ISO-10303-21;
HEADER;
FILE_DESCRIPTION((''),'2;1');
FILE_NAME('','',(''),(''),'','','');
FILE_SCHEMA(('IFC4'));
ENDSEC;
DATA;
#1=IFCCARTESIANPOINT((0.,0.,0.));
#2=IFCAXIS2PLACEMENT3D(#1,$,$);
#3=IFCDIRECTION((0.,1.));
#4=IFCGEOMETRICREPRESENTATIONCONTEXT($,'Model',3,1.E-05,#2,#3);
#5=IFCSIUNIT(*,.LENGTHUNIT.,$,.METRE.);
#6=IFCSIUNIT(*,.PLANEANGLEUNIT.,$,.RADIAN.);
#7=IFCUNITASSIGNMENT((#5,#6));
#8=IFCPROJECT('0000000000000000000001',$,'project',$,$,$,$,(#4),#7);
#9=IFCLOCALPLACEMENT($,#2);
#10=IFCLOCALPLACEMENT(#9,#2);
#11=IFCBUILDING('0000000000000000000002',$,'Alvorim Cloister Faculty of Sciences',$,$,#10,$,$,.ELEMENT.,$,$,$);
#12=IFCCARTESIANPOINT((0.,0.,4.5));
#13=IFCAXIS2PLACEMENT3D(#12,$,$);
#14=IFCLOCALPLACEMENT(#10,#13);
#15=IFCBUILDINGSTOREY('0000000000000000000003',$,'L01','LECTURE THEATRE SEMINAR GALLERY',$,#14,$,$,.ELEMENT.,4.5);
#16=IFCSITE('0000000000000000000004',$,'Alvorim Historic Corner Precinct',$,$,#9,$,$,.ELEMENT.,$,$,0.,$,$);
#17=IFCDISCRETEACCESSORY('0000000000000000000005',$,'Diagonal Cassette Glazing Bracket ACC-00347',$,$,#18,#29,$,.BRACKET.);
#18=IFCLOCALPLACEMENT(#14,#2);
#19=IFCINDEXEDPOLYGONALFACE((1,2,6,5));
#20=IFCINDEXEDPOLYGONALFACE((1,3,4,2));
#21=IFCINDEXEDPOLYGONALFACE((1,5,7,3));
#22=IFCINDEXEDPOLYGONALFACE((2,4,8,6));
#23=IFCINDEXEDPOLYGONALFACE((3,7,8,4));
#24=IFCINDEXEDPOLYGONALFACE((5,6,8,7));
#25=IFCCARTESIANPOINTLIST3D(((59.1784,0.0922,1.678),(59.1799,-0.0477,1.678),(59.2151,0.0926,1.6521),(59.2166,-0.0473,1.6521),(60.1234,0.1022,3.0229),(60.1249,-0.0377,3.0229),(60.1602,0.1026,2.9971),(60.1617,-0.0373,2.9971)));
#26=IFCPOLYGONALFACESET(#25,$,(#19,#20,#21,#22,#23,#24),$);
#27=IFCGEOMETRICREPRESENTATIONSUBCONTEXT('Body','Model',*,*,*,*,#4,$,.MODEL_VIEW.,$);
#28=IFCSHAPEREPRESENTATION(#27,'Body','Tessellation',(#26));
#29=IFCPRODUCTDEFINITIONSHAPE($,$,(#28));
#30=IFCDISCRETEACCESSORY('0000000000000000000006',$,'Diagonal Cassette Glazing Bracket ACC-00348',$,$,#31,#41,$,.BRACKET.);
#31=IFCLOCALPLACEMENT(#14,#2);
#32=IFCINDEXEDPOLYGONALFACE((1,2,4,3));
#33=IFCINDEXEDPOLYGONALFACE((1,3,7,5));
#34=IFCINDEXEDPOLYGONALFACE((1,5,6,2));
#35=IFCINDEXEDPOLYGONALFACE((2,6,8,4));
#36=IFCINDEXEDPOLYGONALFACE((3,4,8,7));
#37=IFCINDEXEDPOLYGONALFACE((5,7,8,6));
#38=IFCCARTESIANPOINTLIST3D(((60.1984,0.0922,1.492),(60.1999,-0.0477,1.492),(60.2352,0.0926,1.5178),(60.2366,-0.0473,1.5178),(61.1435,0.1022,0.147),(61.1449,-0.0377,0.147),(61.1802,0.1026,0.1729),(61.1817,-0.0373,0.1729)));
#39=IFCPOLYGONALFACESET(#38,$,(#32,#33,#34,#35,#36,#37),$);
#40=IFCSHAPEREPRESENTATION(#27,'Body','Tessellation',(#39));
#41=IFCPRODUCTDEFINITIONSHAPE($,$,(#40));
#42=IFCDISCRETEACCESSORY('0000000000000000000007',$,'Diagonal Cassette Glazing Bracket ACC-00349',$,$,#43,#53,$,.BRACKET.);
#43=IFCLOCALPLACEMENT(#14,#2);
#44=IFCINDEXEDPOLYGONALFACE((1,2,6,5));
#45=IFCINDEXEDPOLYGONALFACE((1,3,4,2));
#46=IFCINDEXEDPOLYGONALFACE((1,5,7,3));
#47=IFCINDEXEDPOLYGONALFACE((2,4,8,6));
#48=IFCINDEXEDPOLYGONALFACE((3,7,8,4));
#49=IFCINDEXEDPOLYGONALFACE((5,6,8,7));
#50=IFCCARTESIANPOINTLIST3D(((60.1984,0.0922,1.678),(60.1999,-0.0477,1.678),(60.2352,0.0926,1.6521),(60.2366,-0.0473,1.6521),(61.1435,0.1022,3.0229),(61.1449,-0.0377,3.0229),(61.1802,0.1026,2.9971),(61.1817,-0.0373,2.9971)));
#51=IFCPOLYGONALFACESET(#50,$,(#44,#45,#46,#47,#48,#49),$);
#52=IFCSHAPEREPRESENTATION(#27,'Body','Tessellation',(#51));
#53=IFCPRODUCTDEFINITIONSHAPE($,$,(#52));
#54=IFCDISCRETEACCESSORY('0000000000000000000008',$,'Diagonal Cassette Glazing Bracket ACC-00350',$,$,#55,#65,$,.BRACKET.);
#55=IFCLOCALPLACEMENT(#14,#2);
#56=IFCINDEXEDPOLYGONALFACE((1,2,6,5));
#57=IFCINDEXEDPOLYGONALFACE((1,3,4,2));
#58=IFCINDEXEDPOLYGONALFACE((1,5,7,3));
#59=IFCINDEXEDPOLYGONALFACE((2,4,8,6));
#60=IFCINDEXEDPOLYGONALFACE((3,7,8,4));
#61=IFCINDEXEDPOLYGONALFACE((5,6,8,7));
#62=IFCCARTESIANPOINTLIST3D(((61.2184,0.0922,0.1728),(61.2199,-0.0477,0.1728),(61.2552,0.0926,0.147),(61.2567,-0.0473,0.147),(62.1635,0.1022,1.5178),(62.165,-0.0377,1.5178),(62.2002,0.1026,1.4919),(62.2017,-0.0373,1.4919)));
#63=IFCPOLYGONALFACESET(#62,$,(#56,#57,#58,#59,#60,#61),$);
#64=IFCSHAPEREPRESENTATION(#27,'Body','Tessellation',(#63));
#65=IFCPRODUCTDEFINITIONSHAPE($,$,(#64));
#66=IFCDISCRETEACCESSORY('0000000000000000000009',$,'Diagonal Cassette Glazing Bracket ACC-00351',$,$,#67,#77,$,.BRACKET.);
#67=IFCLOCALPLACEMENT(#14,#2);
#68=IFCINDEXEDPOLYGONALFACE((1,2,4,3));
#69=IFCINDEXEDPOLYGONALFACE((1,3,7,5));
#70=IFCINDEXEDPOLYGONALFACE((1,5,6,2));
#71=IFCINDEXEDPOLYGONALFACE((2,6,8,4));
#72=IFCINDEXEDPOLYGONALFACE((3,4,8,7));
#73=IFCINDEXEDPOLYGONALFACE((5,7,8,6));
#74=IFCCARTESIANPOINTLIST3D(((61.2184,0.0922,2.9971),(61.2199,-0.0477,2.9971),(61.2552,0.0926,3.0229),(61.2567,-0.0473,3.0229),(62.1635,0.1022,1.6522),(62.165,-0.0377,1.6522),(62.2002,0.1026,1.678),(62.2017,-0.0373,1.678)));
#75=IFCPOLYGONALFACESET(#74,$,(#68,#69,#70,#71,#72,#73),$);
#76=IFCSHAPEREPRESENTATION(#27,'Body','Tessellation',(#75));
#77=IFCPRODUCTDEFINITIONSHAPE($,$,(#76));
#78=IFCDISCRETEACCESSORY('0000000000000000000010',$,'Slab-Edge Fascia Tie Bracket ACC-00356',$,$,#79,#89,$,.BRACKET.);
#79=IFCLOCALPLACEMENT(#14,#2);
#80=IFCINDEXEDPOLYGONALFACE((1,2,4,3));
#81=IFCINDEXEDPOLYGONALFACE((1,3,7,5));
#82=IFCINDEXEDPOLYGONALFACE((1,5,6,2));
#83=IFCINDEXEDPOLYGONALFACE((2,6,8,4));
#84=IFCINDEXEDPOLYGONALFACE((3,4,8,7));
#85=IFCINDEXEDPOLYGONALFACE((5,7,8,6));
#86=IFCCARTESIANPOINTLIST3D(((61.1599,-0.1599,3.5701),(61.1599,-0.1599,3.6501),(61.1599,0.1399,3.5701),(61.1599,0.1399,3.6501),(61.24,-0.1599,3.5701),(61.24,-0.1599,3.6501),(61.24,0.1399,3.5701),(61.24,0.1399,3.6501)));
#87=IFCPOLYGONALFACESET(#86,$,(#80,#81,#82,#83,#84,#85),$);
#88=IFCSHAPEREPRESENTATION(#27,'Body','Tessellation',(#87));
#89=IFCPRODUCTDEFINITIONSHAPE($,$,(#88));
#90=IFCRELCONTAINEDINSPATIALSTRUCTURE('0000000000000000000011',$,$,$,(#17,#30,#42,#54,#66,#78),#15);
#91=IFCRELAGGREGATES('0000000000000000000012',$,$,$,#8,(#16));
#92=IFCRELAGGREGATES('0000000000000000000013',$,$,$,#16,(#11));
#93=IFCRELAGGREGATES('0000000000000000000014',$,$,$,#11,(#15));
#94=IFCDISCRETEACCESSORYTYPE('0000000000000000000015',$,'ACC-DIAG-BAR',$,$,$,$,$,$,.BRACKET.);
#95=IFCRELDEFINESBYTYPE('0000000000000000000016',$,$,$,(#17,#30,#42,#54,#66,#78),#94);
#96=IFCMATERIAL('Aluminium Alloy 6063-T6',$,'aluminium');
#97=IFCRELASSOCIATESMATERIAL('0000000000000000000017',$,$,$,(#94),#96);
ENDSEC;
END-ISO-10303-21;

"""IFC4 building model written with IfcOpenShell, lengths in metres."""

from ifc_helpers import new_model, si_unit, direction, frame, origin, origin_2d, place, context, subcontext, project, spatial, rectangle, extrude, material, type_object, element, save


model = new_model("IFC4")

# Units and contexts
model_context = context("Model", 3, precision=1e-05, world=origin(), true_north=direction((0.0, 1.0)))
body_context = subcontext(model_context, "Body", "Model", "MODEL_VIEW")
ifc_project = project(units=[si_unit("LENGTHUNIT", "METRE"), si_unit("PLANEANGLEUNIT", "RADIAN")], contexts=[model_context])

# Site, building, storey
site_placement = place(None, origin())
site = spatial("IfcSite", under=ifc_project, at=site_placement, Name="Alvorim Historic Corner Precinct", CompositionType="ELEMENT", RefElevation=0.0)
building_placement = place(site_placement, origin())
building = spatial("IfcBuilding", under=site, at=building_placement, Name="Alvorim Cloister Faculty of Sciences", CompositionType="ELEMENT")
storey_placement = place(building_placement, frame((0.0, 0.0, 4.5)))
storey = spatial("IfcBuildingStorey", under=building, at=storey_placement, Name="L01", Description="LECTURE THEATRE SEMINAR GALLERY", CompositionType="ELEMENT", Elevation=4.5)

# Shared definitions
ifc_material_1 = material(Name="Aluminium Alloy 6063-T6", Category="aluminium")

# Discrete accessories
discrete_accessory_type = type_object("IfcDiscreteAccessoryType", Name="ACC-DIAG-BAR", PredefinedType="BRACKET", material=ifc_material_1)
for number, where, z_axis, x_axis, name in (
    (1, (59.1975, 0.0225, 1.665), (0.574916, 0.006089, 0.81819), (-0.010591, 0.999944, 0.0), "Diagonal Cassette Glazing Bracket ACC-00347"),
    (2, (60.2175, 0.0225, 1.5049), (0.574916, 0.006089, -0.81819), (-0.010591, 0.999944, 0.0), "Diagonal Cassette Glazing Bracket ACC-00348"),
    (3, (60.2175, 0.0225, 1.665), (0.574916, 0.006089, 0.81819), (-0.010591, 0.999944, 0.0), "Diagonal Cassette Glazing Bracket ACC-00349"),
    (4, (61.2375, 0.0225, 0.1599), (0.574916, 0.006089, 0.81819), (-0.010591, 0.999944, 0.0), "Diagonal Cassette Glazing Bracket ACC-00350"),
    (5, (61.2375, 0.0225, 3.01), (0.574916, 0.006089, -0.81819), (-0.010591, 0.999944, 0.0), "Diagonal Cassette Glazing Bracket ACC-00351"),
):
    element("IfcDiscreteAccessory", number, at=place(storey_placement, frame(where, z_axis=z_axis, x_axis=x_axis)), inside=storey, type_object=discrete_accessory_type, Name=name, PredefinedType="BRACKET", context=body_context, shape_type="SweptSolid", body=[
        extrude(rectangle(XDim=0.1399, YDim=0.0449, at=origin_2d()), origin(), (0.0, 0.0, 1.0), 1.6438),
    ])
discrete_accessory_placement = place(storey_placement, frame((61.2, 0.1399, 3.6101), z_axis=(0.0, -1.0, 0.0), x_axis=(1.0, 0.0, 0.0)))
element("IfcDiscreteAccessory", 6, at=discrete_accessory_placement, inside=storey, type_object=discrete_accessory_type, Name="Slab-Edge Fascia Tie Bracket ACC-00356", PredefinedType="BRACKET", context=body_context, shape_type="SweptSolid", body=[
    extrude(rectangle(XDim=0.0801, YDim=0.0801, at=origin_2d()), origin(), (0.0, 0.0, 1.0), 0.2998),
])

save(model, "model.ifc")
